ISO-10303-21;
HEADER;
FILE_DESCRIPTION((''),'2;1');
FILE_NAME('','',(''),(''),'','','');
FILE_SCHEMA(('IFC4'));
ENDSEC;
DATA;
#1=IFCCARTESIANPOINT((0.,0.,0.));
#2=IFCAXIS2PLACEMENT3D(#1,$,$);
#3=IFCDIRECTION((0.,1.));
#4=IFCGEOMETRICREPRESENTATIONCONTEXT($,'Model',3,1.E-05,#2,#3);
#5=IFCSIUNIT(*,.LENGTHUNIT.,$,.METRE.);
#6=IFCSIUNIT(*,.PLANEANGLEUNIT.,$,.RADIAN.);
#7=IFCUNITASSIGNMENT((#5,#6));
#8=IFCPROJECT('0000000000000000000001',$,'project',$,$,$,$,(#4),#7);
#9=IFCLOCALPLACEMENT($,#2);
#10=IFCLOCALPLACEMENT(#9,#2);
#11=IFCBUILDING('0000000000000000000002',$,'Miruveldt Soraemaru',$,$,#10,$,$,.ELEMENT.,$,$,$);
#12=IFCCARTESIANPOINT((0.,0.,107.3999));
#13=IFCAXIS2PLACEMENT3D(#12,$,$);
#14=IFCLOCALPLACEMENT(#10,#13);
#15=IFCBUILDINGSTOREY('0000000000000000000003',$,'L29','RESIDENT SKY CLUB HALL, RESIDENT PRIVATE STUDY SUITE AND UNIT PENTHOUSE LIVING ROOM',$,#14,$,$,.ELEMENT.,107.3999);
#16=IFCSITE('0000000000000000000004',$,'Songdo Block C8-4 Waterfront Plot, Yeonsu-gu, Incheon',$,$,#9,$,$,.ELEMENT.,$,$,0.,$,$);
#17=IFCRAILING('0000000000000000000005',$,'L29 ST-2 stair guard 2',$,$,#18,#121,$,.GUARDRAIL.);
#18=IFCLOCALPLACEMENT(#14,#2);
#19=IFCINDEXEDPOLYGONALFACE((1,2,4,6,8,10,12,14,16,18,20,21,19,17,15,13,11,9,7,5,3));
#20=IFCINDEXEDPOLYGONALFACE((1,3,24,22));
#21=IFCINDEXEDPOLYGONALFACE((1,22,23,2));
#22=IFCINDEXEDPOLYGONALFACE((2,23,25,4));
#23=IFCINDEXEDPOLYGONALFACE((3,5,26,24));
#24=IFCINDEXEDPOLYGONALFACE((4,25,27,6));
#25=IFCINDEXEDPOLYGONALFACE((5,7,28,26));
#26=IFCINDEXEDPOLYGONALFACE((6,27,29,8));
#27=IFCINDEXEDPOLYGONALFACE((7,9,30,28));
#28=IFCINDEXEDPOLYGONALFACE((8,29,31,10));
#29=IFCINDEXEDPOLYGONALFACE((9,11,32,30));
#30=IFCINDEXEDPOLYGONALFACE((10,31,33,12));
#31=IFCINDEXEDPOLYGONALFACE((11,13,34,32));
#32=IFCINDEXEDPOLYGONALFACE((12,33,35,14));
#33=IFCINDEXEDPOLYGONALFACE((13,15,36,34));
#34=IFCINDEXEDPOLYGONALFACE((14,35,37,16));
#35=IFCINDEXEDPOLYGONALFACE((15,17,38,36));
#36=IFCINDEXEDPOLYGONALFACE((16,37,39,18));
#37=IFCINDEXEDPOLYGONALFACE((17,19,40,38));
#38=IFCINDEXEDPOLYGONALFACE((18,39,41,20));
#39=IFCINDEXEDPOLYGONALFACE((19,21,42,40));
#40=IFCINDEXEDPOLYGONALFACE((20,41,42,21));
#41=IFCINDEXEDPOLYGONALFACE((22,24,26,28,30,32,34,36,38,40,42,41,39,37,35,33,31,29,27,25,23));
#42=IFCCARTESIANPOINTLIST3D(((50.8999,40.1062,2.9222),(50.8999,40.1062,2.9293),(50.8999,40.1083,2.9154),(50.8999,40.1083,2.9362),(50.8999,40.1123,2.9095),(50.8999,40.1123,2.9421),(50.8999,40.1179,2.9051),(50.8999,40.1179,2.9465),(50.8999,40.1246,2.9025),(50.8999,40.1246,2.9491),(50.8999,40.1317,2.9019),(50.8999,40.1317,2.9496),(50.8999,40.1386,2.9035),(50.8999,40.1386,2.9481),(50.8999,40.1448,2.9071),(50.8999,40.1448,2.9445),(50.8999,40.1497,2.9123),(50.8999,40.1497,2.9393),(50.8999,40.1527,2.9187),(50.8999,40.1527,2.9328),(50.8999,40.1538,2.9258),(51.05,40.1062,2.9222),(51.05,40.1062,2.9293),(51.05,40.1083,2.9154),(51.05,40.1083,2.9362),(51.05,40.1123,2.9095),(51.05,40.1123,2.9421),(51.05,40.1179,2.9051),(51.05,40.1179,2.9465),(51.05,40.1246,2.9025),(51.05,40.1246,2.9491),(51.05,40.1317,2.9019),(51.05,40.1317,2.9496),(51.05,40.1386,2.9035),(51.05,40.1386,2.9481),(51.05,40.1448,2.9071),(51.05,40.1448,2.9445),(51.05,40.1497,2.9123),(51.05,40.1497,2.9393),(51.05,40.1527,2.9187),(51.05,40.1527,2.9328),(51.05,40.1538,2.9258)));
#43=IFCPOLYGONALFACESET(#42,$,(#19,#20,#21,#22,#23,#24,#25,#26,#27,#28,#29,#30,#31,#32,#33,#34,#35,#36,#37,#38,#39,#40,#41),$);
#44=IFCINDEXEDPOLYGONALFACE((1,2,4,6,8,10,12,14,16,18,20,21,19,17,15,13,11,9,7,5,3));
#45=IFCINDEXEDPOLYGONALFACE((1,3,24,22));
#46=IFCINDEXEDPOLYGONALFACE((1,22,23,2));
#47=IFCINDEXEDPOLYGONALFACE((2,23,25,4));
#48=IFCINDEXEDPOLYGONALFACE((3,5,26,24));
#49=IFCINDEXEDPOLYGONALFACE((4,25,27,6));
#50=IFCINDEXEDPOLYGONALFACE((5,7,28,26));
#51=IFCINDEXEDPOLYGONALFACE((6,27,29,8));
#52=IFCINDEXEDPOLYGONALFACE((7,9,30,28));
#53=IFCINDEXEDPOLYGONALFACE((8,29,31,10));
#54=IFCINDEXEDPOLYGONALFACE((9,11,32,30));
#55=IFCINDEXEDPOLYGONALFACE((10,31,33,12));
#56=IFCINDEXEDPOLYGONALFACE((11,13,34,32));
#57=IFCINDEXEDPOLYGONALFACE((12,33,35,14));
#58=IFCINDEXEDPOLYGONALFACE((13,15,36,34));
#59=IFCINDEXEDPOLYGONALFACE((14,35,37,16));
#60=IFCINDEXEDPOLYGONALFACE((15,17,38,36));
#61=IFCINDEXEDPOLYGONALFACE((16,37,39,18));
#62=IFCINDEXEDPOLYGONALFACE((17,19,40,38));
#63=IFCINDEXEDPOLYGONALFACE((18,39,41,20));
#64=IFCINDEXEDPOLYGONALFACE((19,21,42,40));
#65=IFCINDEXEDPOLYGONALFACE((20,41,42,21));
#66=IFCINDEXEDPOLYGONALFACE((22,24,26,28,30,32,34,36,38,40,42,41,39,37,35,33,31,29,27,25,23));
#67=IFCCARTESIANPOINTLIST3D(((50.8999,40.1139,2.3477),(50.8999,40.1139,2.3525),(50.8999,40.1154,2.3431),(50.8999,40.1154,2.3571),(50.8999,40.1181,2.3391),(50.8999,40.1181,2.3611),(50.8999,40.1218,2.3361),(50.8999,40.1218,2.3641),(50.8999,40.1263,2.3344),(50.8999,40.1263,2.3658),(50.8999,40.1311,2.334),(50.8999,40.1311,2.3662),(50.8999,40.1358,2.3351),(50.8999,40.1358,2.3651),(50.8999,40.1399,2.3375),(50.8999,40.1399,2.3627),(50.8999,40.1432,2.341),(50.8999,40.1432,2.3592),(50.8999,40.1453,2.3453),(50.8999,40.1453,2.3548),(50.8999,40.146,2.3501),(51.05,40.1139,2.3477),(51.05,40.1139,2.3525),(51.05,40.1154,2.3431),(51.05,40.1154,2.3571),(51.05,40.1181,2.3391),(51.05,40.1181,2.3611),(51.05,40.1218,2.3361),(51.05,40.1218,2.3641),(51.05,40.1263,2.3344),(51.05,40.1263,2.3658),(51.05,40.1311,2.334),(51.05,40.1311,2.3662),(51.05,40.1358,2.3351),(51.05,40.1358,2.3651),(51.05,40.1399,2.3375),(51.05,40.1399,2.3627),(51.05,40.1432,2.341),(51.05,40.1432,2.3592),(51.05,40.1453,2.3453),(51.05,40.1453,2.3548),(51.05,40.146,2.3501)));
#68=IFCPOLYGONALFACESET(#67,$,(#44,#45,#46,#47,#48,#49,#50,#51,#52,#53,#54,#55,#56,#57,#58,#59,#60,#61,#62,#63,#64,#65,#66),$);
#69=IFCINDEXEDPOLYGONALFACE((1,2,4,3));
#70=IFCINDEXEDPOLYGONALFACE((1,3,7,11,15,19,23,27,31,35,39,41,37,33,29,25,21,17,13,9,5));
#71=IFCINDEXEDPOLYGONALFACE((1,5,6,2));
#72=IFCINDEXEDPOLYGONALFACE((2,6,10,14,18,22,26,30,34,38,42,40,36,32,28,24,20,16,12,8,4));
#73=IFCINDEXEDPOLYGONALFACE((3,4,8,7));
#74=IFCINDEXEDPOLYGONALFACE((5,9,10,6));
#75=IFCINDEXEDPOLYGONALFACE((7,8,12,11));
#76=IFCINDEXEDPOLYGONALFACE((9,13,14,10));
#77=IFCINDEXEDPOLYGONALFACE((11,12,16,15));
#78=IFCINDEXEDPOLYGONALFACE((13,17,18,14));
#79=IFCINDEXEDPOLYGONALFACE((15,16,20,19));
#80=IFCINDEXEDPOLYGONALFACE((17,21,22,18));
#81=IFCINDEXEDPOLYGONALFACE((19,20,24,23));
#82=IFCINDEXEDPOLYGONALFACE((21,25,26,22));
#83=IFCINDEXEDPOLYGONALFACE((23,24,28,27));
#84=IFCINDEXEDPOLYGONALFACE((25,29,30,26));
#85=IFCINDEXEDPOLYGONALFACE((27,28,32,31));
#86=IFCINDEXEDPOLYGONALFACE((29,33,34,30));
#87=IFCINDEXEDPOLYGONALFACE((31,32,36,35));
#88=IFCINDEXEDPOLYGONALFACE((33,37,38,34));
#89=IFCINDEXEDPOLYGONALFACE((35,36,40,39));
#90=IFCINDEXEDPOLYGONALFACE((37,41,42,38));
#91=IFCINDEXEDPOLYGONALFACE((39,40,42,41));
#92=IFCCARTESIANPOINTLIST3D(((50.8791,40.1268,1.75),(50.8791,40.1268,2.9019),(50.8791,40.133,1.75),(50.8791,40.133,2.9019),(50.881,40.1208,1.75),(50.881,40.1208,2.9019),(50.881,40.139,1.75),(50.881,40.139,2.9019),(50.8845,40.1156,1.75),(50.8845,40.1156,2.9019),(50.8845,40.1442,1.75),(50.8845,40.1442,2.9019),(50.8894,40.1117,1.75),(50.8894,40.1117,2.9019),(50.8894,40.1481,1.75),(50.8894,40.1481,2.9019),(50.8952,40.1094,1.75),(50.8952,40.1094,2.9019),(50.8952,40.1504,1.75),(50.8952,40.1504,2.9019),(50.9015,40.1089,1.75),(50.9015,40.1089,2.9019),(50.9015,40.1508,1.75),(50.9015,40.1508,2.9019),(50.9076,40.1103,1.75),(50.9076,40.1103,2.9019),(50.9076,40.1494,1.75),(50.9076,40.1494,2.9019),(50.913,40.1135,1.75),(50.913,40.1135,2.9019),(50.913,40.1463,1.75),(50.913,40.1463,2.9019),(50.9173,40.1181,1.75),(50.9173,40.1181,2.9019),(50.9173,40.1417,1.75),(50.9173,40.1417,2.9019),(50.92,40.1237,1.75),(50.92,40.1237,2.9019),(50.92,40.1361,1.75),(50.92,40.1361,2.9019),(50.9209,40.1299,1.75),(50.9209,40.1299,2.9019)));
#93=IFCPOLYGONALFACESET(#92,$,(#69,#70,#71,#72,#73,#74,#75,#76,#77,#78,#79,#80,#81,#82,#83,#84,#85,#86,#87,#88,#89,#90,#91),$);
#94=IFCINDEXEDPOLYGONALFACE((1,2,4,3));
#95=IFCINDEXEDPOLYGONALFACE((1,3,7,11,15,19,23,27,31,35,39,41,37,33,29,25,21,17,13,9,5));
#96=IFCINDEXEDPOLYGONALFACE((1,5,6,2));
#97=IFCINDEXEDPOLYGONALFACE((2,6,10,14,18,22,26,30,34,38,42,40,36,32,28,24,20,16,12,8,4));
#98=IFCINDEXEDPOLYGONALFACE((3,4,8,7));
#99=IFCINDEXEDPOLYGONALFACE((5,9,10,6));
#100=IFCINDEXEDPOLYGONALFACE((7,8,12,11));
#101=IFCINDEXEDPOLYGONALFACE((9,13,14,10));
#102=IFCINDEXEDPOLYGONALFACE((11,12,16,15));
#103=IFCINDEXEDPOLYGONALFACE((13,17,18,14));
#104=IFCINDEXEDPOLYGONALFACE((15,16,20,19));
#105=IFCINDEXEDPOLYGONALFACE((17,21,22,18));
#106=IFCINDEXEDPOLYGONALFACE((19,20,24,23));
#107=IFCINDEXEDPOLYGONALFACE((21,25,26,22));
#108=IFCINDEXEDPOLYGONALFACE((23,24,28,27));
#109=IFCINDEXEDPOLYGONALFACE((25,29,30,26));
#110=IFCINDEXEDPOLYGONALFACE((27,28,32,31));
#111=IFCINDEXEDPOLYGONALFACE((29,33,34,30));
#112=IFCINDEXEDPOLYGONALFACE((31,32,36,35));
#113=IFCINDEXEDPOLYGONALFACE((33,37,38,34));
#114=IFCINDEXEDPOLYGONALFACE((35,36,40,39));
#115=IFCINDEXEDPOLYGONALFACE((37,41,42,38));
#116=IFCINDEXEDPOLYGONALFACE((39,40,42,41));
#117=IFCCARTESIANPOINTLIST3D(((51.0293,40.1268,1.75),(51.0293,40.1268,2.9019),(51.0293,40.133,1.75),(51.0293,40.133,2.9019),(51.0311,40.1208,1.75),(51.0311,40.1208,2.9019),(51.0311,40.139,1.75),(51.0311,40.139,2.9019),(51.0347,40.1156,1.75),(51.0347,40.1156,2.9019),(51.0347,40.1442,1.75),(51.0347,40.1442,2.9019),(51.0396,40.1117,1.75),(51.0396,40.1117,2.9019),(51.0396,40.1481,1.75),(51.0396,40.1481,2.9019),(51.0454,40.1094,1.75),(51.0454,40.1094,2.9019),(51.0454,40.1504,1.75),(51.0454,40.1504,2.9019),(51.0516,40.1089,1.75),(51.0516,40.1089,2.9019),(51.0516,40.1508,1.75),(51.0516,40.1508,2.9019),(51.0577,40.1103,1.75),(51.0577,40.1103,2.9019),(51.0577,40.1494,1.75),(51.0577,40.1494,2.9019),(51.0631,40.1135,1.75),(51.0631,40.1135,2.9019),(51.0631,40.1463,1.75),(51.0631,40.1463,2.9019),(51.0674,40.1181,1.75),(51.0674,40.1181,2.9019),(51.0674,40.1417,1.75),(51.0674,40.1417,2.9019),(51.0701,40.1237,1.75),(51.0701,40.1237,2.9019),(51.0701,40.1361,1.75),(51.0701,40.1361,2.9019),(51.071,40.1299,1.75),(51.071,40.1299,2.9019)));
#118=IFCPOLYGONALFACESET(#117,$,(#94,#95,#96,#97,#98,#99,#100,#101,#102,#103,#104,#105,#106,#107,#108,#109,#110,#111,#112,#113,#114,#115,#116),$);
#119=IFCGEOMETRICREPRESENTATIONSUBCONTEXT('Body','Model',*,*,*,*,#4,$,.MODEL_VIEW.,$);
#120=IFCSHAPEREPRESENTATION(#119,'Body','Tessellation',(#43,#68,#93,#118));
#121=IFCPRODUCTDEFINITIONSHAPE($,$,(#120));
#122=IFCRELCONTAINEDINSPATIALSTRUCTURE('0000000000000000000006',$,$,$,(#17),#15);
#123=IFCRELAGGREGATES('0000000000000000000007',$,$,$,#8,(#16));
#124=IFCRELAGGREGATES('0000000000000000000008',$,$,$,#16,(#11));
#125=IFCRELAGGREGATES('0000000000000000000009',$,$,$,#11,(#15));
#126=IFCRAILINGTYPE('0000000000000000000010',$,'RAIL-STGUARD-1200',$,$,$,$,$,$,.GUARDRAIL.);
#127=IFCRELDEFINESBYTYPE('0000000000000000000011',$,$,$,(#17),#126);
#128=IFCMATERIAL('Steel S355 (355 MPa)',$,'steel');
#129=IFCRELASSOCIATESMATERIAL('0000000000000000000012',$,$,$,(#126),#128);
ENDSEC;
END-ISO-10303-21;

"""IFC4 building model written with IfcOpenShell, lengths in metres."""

from ifc_helpers import new_model, si_unit, direction, frame, origin, origin_2d, place, context, subcontext, project, spatial, circle, extrude, material, type_object, element, save


model = new_model("IFC4")

# Units and contexts
model_context = context("Model", 3, precision=1e-05, world=origin(), true_north=direction((0.0, 1.0)))
body_context = subcontext(model_context, "Body", "Model", "MODEL_VIEW")
ifc_project = project(units=[si_unit("LENGTHUNIT", "METRE"), si_unit("PLANEANGLEUNIT", "RADIAN")], contexts=[model_context])

# Site, building, storey
site_placement = place(None, origin())
site = spatial("IfcSite", under=ifc_project, at=site_placement, Name="Songdo Block C8-4 Waterfront Plot, Yeonsu-gu, Incheon", CompositionType="ELEMENT", RefElevation=0.0)
building_placement = place(site_placement, origin())
building = spatial("IfcBuilding", under=site, at=building_placement, Name="Miruveldt Soraemaru", CompositionType="ELEMENT")
storey_placement = place(building_placement, frame((0.0, 0.0, 107.3999)))
storey = spatial("IfcBuildingStorey", under=building, at=storey_placement, Name="L29", Description="RESIDENT SKY CLUB HALL, RESIDENT PRIVATE STUDY SUITE AND UNIT PENTHOUSE LIVING ROOM", CompositionType="ELEMENT", Elevation=107.3999)

# Railing
ifc_material_1 = material(Name="Steel S355 (355 MPa)", Category="steel")
railing_type_1 = type_object("IfcRailingType", Name="RAIL-STGUARD-1200", PredefinedType="GUARDRAIL", material=ifc_material_1)
railing_1_placement = place(storey_placement, frame((50.8999, 40.1299, 1.75)))
element("IfcRailing", 1, at=railing_1_placement, inside=storey, type_object=railing_type_1, Name="L29 ST-2 stair guard 2", PredefinedType="GUARDRAIL", context=body_context, shape_type="SweptSolid", body=[
    extrude(circle(Radius=0.0239, at=origin_2d()), frame((0.0, 0.0, 1.1758), z_axis=(1.0, 0.0, 0.0), x_axis=(0.0, 1.0, 0.0)), (0.0, 0.0, 1.0), 0.1501),
    extrude(circle(Radius=0.0161, at=origin_2d()), frame((0.0, 0.0, 0.6001), z_axis=(1.0, 0.0, 0.0), x_axis=(0.0, 1.0, 0.0)), (0.0, 0.0, 1.0), 0.1501),
    extrude(circle(Radius=0.021, at=origin_2d()), origin(), (0.0, 0.0, 1.0), 1.1519),
    extrude(circle(Radius=0.021, at=origin_2d()), frame((0.1501, 0.0, 0.0)), (0.0, 0.0, 1.0), 1.1519),
])

save(model, "model.ifc")
